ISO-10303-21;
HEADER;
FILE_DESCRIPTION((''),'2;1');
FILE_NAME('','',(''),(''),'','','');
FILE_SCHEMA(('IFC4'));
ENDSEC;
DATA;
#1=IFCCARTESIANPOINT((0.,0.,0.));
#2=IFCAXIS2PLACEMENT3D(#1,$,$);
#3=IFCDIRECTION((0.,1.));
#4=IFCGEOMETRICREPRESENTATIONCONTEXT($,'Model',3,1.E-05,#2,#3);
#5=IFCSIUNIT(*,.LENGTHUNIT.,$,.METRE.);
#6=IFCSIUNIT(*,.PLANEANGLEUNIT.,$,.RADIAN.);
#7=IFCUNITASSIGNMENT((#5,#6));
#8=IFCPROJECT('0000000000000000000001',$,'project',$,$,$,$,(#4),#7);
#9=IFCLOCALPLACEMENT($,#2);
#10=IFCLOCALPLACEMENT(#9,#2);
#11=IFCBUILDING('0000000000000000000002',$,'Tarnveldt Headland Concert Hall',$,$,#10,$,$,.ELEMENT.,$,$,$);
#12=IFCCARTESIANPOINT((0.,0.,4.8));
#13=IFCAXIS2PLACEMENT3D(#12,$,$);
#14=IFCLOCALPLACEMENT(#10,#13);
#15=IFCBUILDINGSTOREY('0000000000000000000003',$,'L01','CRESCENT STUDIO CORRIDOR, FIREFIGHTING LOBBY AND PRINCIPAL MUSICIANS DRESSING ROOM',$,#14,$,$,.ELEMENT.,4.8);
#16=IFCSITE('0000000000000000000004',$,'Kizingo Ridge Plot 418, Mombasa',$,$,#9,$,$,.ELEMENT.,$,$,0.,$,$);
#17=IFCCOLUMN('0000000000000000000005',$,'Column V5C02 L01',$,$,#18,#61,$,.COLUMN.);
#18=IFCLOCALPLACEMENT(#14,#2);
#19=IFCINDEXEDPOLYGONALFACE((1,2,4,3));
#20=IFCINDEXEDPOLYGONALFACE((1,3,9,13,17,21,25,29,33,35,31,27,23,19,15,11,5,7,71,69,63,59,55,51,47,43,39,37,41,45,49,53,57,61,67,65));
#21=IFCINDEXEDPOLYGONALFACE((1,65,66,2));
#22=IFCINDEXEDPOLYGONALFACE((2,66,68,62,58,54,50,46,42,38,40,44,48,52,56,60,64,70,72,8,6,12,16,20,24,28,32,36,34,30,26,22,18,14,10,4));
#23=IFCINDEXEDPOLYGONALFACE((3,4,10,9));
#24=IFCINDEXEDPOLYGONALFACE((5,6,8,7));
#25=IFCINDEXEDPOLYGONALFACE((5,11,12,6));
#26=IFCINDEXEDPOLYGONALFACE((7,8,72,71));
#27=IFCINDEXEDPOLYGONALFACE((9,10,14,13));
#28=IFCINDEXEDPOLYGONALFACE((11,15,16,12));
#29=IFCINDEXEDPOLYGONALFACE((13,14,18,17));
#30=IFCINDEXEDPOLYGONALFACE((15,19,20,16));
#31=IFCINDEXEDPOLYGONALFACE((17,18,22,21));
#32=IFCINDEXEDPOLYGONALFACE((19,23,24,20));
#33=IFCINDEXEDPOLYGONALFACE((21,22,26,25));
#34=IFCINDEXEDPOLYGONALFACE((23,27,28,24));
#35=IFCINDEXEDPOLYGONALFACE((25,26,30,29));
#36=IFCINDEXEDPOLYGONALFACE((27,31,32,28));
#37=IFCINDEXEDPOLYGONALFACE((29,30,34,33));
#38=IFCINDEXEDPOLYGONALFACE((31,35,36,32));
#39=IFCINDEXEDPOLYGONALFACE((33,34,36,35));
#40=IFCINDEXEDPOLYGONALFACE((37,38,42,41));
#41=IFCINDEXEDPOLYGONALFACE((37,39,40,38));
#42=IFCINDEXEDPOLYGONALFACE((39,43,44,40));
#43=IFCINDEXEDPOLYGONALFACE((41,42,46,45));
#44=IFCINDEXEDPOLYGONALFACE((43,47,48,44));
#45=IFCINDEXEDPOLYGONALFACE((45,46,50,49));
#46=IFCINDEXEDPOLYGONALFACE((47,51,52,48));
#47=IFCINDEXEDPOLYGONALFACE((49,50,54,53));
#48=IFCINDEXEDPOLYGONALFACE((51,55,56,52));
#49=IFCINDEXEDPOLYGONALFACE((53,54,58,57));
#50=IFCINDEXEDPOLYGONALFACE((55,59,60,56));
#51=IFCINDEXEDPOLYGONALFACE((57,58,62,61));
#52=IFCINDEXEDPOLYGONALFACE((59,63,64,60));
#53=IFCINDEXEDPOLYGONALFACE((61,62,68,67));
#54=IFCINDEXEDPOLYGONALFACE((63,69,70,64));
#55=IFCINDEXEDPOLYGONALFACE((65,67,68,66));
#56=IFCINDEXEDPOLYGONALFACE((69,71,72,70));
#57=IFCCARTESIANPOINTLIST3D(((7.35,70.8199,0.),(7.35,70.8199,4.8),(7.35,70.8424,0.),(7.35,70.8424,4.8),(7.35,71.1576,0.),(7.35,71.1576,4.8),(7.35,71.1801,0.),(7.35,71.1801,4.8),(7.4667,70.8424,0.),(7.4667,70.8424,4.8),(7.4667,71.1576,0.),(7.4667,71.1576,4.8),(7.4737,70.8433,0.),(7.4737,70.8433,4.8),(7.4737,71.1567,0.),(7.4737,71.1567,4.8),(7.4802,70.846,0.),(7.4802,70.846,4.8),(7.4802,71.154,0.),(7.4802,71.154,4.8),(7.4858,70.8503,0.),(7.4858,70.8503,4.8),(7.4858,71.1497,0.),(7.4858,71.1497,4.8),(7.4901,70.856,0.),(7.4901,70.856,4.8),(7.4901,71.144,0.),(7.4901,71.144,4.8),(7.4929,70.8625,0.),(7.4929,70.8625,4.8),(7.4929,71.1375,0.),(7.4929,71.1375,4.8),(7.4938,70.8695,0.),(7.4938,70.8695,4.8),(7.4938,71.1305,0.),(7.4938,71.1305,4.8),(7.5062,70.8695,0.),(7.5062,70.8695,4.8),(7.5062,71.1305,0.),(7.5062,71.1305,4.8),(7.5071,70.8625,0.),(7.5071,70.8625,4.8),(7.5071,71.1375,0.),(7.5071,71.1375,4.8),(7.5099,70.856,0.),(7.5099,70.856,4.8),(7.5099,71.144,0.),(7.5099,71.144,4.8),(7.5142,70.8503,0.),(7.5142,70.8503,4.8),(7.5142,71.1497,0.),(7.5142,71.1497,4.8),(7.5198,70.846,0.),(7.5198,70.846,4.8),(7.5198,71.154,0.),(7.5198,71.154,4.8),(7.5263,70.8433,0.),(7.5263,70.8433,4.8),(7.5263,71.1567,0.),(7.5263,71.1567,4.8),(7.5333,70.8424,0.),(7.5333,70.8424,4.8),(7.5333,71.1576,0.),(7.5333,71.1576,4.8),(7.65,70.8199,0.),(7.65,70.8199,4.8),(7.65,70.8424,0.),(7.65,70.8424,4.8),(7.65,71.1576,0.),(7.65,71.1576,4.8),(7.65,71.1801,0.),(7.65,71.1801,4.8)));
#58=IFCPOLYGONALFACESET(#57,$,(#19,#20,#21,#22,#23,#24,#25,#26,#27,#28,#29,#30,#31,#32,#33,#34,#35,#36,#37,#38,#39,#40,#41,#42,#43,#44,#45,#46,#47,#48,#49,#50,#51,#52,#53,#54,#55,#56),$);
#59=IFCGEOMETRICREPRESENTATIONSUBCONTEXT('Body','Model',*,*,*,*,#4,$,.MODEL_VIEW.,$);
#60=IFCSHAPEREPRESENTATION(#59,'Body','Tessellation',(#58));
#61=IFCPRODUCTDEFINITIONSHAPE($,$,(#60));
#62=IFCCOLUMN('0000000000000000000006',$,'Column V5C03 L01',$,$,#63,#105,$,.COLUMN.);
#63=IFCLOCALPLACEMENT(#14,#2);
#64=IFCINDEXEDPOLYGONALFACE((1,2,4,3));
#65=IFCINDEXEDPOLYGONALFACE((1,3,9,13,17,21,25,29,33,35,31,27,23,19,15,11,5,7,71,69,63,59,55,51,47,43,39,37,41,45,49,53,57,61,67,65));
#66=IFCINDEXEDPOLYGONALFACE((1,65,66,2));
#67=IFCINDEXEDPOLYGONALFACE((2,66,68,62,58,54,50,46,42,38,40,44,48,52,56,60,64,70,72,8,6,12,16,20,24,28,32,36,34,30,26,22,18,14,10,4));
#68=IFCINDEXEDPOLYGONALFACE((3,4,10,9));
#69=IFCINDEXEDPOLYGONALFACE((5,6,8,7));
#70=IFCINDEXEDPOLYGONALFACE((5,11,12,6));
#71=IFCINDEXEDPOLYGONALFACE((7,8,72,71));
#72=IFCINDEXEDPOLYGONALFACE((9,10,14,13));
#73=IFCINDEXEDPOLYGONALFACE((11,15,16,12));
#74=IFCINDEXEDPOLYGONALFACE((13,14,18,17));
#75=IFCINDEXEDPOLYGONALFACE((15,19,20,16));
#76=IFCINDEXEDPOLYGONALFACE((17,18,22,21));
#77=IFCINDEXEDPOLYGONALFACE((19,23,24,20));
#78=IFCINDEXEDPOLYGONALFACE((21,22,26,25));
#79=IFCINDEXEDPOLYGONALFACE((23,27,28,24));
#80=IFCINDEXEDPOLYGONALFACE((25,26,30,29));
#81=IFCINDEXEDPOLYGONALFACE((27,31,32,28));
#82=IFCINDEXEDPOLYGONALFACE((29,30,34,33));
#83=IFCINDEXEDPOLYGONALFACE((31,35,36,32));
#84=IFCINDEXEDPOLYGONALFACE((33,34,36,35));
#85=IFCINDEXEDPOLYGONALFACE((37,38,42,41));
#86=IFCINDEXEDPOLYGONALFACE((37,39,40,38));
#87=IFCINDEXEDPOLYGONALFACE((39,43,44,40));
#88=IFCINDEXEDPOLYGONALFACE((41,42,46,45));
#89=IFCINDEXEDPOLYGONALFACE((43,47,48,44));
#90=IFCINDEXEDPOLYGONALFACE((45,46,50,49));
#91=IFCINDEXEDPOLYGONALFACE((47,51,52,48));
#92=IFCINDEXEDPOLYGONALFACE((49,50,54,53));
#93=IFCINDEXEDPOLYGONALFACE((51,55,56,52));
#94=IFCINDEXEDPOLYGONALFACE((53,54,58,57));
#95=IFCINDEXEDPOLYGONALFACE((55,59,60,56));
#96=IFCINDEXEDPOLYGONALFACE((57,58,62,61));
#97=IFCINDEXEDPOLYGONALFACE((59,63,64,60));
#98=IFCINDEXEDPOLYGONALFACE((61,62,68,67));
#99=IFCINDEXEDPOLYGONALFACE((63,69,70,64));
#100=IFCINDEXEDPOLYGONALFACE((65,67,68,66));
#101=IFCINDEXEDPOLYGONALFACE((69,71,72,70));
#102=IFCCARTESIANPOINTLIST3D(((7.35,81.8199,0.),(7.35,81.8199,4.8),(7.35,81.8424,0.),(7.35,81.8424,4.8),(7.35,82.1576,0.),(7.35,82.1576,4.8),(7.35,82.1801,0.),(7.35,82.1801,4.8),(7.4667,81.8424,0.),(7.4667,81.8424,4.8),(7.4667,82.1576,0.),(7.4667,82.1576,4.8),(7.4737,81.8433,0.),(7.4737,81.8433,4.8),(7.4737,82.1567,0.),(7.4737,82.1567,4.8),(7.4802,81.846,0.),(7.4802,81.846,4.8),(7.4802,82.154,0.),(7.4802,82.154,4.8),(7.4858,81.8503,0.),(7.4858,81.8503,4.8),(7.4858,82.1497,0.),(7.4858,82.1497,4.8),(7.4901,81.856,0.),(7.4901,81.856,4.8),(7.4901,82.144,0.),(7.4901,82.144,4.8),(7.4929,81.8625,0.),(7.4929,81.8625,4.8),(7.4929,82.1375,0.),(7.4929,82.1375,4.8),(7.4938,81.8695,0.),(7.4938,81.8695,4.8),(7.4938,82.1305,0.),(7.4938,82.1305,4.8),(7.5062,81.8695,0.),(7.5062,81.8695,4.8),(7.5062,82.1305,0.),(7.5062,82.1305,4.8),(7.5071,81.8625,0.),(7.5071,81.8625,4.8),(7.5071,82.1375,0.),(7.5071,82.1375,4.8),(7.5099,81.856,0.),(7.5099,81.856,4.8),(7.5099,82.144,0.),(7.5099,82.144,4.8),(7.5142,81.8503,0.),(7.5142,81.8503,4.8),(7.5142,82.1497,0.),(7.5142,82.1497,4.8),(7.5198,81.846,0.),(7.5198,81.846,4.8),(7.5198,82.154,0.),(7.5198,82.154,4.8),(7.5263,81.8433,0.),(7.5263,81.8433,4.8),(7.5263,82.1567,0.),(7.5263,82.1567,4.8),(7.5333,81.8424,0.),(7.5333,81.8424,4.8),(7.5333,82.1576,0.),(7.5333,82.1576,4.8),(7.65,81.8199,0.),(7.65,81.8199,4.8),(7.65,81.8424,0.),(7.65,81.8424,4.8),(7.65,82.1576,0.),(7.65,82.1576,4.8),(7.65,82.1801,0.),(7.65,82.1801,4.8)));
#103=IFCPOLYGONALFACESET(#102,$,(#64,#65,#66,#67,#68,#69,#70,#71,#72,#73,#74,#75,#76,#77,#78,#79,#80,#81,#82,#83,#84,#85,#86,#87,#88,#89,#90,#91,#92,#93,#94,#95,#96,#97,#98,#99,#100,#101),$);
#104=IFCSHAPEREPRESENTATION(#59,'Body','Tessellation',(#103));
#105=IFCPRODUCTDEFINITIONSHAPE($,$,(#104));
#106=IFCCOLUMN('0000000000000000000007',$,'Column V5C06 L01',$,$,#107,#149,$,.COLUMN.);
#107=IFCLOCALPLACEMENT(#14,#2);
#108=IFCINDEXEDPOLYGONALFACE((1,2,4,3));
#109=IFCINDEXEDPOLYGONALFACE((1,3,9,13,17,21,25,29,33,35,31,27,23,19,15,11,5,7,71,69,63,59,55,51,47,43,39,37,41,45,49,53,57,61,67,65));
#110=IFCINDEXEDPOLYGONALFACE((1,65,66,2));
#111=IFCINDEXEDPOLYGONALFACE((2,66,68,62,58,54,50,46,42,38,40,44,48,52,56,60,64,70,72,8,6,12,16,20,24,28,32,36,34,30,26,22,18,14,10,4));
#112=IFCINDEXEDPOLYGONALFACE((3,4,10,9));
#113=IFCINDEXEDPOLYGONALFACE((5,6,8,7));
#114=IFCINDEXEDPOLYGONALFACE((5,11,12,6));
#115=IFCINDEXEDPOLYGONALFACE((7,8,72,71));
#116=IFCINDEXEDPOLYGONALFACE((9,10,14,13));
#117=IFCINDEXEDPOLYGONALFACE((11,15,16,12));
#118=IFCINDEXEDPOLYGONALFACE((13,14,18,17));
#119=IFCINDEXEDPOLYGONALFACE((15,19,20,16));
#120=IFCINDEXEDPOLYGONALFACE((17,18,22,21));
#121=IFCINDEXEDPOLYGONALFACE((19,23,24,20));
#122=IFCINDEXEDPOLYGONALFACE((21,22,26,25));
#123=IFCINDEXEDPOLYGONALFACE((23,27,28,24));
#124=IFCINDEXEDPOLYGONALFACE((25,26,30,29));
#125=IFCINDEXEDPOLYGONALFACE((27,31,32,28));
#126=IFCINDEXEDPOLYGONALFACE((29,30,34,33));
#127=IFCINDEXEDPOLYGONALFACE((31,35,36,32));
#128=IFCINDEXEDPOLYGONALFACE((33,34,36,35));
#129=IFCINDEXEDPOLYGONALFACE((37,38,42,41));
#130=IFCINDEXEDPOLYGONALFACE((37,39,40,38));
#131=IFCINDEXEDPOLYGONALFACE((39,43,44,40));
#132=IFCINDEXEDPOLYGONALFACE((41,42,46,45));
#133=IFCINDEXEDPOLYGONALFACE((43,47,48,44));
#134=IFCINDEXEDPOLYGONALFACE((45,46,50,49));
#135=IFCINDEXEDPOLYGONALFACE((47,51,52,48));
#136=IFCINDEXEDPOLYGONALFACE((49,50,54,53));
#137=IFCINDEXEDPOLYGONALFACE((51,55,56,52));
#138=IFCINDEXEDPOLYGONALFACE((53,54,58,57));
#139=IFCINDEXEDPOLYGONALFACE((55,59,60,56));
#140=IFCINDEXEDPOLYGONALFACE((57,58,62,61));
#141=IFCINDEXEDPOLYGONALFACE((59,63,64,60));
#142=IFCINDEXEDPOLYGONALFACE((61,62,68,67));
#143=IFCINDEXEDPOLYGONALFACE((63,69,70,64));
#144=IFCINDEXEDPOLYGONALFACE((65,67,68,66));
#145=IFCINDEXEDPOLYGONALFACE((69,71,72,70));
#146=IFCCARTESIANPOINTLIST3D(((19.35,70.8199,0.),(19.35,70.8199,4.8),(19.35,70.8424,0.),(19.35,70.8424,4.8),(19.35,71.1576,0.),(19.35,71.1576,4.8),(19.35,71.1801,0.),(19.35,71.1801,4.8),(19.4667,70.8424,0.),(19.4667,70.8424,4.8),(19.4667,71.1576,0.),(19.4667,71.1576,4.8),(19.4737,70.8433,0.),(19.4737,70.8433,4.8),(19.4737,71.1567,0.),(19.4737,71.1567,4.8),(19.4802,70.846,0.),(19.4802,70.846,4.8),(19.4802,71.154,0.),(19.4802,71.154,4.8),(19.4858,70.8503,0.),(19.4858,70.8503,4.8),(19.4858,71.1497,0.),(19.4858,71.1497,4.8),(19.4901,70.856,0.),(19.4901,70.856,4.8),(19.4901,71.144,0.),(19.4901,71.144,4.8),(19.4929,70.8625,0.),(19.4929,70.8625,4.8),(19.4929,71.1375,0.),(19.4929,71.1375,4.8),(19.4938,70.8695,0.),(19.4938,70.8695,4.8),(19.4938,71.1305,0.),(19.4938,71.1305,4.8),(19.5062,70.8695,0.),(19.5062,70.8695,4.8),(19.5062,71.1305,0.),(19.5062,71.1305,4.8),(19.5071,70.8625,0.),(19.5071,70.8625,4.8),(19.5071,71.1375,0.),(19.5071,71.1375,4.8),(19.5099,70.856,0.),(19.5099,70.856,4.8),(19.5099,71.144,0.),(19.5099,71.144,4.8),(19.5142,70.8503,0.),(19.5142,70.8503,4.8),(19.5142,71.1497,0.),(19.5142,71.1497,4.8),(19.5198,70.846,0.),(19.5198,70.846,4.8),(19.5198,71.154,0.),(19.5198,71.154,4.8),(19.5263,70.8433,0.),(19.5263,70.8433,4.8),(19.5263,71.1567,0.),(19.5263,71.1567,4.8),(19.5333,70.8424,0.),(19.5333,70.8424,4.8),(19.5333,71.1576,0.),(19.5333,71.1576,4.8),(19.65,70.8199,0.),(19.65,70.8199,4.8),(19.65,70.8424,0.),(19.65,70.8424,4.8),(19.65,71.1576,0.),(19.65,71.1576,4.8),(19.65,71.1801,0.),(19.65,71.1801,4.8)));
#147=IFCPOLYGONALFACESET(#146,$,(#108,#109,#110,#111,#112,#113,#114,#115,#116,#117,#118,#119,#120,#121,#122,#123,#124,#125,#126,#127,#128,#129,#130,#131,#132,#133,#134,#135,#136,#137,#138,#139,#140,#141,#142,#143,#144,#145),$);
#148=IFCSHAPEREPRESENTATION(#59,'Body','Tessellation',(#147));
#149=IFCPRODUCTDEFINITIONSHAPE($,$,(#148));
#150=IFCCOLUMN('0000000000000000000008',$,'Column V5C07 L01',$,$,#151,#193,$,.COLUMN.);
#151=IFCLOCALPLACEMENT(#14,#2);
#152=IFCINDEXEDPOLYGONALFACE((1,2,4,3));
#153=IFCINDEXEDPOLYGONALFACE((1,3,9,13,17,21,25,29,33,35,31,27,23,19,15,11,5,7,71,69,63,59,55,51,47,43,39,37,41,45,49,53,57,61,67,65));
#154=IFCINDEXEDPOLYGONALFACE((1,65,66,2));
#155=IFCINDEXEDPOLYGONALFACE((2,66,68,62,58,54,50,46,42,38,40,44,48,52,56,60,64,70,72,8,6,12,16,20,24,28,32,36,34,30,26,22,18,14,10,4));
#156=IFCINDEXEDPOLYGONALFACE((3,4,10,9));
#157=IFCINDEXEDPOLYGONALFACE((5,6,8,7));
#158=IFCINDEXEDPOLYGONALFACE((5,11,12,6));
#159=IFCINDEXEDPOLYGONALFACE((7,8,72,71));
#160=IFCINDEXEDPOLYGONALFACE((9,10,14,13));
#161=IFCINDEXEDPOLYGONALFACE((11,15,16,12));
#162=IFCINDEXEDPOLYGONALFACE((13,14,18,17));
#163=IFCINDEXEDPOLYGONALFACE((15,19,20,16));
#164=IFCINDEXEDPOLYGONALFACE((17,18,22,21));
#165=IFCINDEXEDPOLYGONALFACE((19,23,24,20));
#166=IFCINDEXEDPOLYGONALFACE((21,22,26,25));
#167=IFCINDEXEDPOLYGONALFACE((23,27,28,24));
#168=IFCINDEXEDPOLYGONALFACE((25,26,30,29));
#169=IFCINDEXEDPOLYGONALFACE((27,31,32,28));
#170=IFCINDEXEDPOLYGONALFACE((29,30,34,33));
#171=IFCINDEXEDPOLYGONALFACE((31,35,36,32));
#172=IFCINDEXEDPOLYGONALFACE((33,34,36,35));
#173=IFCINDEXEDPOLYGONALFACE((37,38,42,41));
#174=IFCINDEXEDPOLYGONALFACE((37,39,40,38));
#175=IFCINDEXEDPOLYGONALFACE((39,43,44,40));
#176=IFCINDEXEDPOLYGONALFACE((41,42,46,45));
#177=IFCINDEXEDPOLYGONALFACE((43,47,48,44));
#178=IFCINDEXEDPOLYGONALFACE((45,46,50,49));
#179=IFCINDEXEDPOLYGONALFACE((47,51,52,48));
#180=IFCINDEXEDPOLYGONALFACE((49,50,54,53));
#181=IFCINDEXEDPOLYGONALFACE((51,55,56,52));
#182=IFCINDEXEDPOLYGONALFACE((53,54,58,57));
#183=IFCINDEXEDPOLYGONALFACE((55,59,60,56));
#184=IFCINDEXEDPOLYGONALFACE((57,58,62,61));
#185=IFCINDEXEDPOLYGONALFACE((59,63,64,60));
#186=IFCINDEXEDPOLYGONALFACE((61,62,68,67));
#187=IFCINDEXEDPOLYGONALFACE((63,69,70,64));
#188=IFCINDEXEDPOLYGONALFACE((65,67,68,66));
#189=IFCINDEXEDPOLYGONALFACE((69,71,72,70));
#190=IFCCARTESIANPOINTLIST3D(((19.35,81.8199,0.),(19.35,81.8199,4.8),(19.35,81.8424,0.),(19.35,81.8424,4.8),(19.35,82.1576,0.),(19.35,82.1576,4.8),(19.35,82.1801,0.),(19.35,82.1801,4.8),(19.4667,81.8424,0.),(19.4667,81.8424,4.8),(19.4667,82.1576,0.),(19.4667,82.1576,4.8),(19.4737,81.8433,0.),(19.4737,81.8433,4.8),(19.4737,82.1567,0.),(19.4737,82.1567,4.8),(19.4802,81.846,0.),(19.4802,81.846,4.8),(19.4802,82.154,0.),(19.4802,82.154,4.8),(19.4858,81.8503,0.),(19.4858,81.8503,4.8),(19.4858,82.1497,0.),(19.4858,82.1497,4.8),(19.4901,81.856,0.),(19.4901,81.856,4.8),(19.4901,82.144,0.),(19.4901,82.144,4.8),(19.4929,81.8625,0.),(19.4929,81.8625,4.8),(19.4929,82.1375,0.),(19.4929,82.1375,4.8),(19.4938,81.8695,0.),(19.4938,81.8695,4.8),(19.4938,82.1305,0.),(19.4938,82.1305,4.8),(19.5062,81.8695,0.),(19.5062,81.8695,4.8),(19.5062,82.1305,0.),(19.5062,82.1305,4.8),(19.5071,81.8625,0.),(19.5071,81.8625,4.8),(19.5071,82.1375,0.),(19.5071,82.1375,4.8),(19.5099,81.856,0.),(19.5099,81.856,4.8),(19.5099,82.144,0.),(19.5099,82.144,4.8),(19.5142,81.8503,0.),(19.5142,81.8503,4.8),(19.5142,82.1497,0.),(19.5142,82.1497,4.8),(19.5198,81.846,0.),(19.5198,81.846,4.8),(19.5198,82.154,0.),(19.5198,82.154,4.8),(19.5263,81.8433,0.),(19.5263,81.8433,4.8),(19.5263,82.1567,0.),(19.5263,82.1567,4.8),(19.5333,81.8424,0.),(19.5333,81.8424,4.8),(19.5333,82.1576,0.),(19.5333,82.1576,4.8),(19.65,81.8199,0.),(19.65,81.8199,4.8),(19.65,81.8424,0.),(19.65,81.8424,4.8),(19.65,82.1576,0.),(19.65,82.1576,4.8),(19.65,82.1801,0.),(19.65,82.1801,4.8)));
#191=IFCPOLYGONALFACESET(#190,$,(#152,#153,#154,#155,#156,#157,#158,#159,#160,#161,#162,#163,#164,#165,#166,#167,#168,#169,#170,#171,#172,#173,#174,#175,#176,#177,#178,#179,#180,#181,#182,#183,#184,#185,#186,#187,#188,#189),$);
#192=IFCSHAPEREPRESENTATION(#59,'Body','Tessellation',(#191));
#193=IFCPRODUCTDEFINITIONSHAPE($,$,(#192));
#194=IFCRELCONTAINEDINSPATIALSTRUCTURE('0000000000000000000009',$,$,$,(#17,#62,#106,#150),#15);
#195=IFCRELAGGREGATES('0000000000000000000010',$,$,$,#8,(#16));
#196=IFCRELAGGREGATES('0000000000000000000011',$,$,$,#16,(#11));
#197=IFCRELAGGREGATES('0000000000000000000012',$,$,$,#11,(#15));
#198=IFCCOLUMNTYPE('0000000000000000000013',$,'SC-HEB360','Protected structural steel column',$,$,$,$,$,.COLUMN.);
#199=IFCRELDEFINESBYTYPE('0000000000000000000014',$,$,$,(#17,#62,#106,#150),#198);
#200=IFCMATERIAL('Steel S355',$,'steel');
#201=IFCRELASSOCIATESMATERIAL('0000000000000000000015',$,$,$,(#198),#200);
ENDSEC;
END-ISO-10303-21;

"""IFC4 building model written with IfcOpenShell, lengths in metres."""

from ifc_helpers import new_model, si_unit, direction, frame, origin, origin_2d, place, context, subcontext, project, spatial, i_section, extrude, material, material_profile, profile_set, type_object, element, save


model = new_model("IFC4")

# Units and contexts
model_context = context("Model", 3, precision=1e-05, world=origin(), true_north=direction((0.0, 1.0)))
body_context = subcontext(model_context, "Body", "Model", "MODEL_VIEW")
ifc_project = project(units=[si_unit("LENGTHUNIT", "METRE"), si_unit("PLANEANGLEUNIT", "RADIAN")], contexts=[model_context])

# Site, building, storey
site_placement = place(None, origin())
site = spatial("IfcSite", under=ifc_project, at=site_placement, Name="Kizingo Ridge Plot 418, Mombasa", CompositionType="ELEMENT", RefElevation=0.0)
building_placement = place(site_placement, origin())
building = spatial("IfcBuilding", under=site, at=building_placement, Name="Tarnveldt Headland Concert Hall", CompositionType="ELEMENT")
storey_placement = place(building_placement, frame((0.0, 0.0, 4.8)))
storey = spatial("IfcBuildingStorey", under=building, at=storey_placement, Name="L01", Description="CRESCENT STUDIO CORRIDOR, FIREFIGHTING LOBBY AND PRINCIPAL MUSICIANS DRESSING ROOM", CompositionType="ELEMENT", Elevation=4.8)

# Columns
ifc_material_1 = material(Name="Steel S355", Category="steel")
ifc_material_profile_1 = material_profile(ifc_material_1, i_section(OverallWidth=0.3, OverallDepth=0.3601, WebThickness=0.0125, FlangeThickness=0.0225, FilletRadius=0.0271, at=origin_2d()), Name="HEB360", Category="steel")
ifc_profile_set_1 = profile_set([ifc_material_profile_1], Name="Steel S355")
column_type = type_object("IfcColumnType", Name="SC-HEB360", Description="Protected structural steel column", PredefinedType="COLUMN", material=ifc_profile_set_1)
for number, where, z_axis, x_axis, name in (
    (1, (7.5, 71.0, 0.0), (0.0, 0.0, 1.0), (1.0, 0.0, 0.0), "Column V5C02 L01"),
    (2, (7.5, 82.0, 0.0), (0.0, 0.0, 1.0), (1.0, 0.0, 0.0), "Column V5C03 L01"),
    (3, (19.5, 71.0, 0.0), (0.0, 0.0, 1.0), (1.0, 0.0, 0.0), "Column V5C06 L01"),
    (4, (19.5, 82.0, 0.0), (0.0, 0.0, 1.0), (1.0, 0.0, 0.0), "Column V5C07 L01"),
):
    element("IfcColumn", number, at=place(storey_placement, frame(where, z_axis=z_axis, x_axis=x_axis)), inside=storey, type_object=column_type, Name=name, PredefinedType="COLUMN", context=body_context, shape_type="SweptSolid", body=[
        extrude(i_section(OverallWidth=0.3, OverallDepth=0.3601, WebThickness=0.0125, FlangeThickness=0.0225, FilletRadius=0.0271, at=origin_2d()), origin(), (0.0, 0.0, 1.0), 4.8),
    ])

save(model, "model.ifc")
